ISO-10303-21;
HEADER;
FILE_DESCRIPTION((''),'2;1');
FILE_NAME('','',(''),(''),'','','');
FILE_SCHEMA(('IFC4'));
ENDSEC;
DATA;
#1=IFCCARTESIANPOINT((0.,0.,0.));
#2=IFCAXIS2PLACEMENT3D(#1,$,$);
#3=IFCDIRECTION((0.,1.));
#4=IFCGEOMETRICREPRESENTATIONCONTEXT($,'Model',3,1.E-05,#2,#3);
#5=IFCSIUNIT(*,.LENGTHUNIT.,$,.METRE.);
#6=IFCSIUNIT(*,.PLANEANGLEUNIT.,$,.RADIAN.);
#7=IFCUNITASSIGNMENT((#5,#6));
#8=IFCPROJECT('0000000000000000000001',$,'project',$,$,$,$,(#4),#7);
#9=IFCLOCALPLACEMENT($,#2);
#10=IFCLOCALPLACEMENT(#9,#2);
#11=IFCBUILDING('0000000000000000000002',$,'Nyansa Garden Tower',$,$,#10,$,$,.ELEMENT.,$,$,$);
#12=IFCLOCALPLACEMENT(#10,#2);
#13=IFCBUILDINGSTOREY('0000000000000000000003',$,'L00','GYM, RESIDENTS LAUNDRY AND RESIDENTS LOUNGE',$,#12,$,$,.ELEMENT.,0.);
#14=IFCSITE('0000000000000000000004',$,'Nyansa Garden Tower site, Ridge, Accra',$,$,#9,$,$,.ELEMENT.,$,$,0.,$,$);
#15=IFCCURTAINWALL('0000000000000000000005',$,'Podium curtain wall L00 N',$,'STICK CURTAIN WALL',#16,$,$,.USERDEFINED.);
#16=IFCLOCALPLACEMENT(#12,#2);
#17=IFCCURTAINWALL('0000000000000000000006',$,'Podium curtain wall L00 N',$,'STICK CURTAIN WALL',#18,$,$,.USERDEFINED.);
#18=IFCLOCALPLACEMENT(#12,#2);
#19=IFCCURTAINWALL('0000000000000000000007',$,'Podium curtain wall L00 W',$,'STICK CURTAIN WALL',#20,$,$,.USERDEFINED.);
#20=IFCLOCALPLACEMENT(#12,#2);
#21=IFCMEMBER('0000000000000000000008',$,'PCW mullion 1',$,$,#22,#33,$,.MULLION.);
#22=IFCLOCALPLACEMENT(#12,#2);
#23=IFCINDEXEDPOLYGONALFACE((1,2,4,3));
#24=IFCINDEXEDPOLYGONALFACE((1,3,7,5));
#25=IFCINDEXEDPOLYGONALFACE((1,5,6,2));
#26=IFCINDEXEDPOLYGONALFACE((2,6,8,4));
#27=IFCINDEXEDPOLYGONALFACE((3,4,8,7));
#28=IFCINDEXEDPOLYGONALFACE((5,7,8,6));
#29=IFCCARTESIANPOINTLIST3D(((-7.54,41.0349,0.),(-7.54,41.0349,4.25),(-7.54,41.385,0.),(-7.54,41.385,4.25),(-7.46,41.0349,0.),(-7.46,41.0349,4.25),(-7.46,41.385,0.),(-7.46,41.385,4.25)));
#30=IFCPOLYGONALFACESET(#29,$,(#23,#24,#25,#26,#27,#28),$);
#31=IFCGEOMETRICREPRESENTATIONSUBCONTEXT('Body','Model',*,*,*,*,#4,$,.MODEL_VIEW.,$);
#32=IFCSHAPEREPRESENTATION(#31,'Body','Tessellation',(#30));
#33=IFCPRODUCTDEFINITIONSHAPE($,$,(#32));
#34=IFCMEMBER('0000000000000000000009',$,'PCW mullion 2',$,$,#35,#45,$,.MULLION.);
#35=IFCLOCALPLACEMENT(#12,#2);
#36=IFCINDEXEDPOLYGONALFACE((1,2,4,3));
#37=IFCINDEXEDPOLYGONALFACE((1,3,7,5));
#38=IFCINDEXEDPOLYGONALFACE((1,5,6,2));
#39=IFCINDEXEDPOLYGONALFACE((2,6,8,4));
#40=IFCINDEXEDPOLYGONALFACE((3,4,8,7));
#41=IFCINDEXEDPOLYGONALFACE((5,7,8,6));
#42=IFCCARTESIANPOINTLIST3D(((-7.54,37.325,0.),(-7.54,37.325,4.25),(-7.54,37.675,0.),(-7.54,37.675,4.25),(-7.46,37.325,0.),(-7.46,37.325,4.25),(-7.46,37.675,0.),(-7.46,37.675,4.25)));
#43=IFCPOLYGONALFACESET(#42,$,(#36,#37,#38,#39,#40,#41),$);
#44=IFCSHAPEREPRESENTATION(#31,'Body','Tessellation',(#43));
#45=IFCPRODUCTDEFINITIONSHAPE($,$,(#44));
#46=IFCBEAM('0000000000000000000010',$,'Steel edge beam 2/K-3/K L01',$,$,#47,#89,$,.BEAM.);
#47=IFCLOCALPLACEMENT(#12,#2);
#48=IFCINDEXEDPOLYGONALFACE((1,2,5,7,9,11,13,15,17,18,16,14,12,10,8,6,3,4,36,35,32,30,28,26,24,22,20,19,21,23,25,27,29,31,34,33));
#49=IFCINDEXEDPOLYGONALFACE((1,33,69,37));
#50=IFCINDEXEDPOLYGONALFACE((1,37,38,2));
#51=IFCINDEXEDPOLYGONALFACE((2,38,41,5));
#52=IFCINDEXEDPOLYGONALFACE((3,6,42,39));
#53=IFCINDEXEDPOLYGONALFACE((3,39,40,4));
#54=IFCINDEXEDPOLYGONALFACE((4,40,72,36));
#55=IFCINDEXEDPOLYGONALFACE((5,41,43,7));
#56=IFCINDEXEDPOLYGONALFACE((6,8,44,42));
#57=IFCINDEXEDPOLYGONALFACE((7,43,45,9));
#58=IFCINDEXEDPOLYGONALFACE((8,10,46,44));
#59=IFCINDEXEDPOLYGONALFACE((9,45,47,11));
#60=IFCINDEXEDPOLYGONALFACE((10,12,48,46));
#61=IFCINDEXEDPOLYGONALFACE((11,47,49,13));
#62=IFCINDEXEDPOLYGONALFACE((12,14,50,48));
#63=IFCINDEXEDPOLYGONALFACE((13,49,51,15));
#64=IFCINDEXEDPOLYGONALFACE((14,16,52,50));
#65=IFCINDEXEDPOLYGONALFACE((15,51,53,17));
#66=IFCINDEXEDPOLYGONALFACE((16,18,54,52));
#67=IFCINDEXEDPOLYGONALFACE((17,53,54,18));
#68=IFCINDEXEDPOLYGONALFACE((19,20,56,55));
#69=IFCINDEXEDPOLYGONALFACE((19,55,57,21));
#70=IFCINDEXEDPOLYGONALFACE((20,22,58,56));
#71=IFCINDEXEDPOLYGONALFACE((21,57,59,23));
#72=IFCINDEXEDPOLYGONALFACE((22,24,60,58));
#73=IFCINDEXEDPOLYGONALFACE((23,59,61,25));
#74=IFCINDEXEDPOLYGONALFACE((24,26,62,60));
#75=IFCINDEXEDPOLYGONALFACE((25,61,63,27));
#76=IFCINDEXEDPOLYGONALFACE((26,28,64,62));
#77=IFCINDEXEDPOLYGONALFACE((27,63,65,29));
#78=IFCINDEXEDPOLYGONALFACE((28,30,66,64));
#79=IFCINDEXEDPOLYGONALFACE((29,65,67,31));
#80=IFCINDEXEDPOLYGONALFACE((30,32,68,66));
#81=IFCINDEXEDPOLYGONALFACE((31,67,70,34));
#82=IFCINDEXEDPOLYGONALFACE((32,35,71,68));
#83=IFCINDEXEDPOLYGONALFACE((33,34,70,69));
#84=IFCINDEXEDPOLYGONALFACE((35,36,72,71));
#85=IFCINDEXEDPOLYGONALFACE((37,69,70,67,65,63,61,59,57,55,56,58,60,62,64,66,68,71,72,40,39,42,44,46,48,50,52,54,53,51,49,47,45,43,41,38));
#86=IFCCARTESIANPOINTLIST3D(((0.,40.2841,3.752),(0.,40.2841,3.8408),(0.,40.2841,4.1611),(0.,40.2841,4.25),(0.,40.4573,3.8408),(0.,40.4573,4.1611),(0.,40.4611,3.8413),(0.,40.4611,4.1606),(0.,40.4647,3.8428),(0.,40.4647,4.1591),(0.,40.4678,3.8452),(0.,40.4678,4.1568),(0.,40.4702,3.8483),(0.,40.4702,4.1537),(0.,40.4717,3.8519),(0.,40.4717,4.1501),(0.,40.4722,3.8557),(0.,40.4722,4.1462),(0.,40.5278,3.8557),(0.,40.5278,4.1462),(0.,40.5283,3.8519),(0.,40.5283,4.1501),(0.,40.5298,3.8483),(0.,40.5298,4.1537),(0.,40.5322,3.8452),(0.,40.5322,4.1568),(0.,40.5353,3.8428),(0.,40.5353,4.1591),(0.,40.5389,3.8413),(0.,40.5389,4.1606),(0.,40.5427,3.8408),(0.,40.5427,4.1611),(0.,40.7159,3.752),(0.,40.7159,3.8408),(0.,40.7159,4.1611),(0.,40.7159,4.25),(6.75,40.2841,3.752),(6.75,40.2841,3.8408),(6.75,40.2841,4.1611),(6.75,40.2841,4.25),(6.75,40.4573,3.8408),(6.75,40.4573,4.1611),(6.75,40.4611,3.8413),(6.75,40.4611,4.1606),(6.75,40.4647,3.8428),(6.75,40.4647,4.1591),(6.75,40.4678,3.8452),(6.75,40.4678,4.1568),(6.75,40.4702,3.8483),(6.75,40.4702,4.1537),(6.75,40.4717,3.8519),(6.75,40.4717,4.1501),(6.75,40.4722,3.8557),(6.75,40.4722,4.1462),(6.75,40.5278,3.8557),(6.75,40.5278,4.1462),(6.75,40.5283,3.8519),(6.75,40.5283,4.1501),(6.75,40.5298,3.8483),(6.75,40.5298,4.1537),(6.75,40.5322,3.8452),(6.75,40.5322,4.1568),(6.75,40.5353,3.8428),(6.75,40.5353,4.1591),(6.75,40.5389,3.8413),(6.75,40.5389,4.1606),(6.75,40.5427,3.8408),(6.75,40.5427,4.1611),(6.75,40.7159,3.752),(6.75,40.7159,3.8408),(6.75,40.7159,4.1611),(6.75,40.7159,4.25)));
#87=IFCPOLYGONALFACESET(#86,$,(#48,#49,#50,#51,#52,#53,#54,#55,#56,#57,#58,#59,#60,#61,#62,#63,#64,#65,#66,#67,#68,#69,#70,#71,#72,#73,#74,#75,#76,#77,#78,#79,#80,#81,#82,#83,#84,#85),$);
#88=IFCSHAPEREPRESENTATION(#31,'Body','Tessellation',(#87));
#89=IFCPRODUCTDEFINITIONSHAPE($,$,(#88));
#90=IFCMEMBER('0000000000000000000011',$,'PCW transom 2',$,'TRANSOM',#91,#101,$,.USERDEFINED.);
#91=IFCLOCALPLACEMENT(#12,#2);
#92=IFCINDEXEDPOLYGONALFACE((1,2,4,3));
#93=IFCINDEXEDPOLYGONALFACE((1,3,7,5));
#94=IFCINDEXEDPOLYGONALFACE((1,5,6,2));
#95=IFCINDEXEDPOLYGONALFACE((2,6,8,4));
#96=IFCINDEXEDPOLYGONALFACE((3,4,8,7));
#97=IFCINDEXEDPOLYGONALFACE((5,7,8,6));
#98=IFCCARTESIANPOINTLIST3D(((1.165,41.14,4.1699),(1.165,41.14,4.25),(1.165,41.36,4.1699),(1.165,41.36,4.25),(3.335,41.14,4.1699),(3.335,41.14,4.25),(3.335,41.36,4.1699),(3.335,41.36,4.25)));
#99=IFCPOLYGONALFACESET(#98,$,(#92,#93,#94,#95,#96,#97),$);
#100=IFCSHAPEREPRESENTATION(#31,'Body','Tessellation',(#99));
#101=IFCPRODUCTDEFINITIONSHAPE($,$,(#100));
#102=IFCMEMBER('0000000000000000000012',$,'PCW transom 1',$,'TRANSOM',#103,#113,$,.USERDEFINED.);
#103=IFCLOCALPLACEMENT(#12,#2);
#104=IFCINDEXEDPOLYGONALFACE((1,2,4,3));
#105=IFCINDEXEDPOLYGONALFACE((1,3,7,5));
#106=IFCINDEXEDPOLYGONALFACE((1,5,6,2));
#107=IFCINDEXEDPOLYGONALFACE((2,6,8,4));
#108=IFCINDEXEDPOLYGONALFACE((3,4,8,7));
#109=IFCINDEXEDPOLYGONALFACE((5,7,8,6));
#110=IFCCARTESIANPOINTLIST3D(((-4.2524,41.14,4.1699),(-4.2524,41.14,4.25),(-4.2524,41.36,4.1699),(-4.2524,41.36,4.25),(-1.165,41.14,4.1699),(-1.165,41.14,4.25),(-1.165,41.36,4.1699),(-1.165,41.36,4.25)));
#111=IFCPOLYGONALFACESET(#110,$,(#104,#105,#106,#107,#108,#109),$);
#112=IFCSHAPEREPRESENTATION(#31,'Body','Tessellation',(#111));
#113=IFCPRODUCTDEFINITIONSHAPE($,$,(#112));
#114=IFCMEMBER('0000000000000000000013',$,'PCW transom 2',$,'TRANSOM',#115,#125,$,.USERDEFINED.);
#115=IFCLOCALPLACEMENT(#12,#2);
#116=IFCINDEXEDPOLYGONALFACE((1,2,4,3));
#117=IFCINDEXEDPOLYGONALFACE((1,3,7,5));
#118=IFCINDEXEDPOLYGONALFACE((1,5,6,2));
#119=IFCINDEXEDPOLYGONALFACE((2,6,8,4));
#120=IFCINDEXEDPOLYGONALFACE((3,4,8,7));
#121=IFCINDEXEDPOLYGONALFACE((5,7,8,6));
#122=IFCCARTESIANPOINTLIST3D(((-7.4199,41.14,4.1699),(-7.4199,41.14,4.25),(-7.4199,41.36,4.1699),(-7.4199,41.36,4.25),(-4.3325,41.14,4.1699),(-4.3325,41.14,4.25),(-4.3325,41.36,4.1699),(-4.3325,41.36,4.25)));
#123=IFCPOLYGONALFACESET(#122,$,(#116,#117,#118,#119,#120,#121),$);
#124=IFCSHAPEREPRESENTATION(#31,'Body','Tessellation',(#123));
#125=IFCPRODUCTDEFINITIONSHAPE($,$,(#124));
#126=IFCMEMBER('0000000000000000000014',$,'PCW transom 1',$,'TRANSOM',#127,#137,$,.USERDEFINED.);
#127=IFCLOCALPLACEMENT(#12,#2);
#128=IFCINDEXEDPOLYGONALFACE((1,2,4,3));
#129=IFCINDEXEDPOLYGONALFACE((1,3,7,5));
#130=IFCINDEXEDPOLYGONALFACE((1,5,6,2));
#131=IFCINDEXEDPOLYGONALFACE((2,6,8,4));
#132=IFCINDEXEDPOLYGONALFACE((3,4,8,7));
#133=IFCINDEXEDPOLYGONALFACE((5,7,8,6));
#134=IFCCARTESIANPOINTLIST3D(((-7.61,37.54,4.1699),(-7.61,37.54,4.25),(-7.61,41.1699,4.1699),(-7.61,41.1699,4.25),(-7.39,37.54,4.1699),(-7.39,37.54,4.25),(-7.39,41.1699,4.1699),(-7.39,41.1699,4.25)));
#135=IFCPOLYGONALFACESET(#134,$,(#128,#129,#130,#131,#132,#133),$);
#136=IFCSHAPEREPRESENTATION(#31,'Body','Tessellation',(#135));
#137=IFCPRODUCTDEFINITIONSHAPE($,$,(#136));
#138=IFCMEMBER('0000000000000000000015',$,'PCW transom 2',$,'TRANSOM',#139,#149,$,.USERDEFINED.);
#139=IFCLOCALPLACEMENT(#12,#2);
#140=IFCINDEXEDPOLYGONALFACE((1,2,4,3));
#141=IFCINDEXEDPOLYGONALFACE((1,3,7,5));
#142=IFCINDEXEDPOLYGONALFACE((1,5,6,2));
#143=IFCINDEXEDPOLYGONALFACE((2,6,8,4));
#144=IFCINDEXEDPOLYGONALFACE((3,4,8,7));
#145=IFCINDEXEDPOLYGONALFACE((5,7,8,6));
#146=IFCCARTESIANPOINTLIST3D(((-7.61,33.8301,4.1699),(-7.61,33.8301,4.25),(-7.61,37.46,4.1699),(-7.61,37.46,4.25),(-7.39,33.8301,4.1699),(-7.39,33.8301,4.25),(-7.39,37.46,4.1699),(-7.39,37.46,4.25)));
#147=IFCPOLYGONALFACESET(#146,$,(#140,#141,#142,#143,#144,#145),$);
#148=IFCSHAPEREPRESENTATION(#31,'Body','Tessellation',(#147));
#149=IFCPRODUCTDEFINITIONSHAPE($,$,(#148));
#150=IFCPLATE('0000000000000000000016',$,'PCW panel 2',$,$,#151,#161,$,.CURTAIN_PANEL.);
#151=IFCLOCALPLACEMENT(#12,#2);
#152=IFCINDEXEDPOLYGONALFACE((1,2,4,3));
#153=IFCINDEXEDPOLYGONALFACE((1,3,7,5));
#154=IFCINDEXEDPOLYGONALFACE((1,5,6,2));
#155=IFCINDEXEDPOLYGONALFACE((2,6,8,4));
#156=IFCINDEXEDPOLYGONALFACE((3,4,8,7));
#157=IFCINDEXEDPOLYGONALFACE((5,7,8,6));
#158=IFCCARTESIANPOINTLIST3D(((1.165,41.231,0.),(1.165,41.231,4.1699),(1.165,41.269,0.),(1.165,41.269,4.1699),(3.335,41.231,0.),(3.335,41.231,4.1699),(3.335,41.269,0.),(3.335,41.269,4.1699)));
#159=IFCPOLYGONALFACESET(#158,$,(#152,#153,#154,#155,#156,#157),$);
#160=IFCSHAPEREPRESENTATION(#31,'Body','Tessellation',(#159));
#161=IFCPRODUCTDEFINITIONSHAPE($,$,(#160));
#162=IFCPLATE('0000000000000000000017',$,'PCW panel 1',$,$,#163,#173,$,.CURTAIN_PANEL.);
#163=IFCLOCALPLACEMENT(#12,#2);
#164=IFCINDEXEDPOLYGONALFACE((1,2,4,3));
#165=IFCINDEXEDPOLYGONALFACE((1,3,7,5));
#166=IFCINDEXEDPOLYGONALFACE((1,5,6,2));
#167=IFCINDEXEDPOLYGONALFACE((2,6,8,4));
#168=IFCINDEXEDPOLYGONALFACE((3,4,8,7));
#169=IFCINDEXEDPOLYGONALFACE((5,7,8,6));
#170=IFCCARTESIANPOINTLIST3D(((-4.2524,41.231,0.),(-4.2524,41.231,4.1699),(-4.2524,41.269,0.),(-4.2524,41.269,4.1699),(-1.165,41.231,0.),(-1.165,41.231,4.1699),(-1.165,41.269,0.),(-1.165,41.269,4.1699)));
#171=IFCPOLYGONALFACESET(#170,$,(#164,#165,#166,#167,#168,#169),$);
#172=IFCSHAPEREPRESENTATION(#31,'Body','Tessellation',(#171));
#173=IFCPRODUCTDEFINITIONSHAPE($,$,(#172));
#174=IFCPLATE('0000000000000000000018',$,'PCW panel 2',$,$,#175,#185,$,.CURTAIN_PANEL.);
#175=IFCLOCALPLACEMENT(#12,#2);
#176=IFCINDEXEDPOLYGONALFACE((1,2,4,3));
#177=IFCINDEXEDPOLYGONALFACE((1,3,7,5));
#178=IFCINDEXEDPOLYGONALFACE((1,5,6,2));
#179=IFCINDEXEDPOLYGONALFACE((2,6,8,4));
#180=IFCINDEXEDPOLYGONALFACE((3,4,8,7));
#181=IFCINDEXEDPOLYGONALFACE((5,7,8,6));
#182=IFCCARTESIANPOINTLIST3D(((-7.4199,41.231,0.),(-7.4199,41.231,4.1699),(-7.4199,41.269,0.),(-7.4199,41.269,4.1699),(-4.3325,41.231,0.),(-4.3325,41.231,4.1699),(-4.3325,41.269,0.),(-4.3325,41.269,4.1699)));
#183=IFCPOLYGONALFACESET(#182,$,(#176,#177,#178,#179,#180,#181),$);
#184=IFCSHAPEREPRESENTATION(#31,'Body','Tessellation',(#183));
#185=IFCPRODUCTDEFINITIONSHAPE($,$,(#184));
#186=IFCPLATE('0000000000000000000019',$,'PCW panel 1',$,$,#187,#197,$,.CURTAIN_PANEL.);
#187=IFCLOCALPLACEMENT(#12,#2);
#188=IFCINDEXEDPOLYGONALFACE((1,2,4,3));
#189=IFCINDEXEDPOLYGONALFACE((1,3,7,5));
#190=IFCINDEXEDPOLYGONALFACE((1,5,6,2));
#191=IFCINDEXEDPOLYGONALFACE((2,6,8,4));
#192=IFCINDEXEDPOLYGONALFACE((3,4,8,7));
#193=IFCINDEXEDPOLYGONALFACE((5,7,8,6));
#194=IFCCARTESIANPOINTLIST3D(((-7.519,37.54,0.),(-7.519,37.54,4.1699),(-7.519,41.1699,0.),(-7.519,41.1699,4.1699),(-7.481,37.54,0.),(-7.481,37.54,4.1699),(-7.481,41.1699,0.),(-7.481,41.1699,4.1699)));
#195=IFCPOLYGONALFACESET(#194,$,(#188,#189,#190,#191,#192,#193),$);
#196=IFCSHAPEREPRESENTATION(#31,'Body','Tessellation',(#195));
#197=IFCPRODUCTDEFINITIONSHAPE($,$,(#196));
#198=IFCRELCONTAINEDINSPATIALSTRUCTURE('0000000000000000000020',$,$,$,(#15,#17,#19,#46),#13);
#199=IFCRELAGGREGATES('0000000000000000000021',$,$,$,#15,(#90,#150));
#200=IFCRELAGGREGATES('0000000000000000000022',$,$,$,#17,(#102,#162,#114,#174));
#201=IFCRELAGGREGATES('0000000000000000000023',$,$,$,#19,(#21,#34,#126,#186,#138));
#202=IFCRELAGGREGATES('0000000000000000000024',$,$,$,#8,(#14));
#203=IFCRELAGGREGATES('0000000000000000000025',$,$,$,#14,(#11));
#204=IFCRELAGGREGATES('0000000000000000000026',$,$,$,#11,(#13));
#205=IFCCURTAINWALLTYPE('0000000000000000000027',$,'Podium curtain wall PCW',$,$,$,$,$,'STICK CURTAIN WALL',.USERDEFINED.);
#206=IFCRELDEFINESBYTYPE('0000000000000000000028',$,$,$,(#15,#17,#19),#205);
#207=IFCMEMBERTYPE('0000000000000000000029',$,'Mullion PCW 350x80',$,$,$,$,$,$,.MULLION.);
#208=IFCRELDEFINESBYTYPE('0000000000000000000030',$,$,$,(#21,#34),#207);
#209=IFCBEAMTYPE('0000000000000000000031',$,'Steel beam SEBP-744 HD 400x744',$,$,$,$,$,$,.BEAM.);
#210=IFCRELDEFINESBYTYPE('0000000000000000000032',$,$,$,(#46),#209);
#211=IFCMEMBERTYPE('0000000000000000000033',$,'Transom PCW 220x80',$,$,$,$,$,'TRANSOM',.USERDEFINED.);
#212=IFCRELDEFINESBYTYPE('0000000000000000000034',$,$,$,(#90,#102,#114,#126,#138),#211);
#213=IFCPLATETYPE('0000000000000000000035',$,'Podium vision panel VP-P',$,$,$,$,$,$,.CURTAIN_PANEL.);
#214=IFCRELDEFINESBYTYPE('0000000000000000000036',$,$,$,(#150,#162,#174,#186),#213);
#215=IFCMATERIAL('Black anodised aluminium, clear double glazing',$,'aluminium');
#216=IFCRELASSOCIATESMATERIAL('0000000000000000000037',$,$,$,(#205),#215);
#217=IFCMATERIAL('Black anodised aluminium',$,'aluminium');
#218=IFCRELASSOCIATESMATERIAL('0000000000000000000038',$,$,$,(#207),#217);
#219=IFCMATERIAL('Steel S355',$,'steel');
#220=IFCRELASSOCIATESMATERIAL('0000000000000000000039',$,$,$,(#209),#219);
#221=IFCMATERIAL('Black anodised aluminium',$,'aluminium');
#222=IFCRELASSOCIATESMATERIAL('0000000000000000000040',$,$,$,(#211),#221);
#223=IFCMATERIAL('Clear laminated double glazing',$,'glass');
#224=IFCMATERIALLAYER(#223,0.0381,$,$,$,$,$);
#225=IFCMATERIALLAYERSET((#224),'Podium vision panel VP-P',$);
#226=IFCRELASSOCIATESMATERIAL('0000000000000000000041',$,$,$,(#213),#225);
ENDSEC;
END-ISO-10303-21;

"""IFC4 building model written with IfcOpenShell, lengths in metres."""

from ifc_helpers import new_model, si_unit, direction, frame, origin, origin_2d, place, context, subcontext, project, spatial, rectangle, i_section, extrude, material, layer, layer_set, material_profile, profile_set, type_object, element, aggregate, save


model = new_model("IFC4")

# Units and contexts
model_context = context("Model", 3, precision=1e-05, world=origin(), true_north=direction((0.0, 1.0)))
body_context = subcontext(model_context, "Body", "Model", "MODEL_VIEW")
ifc_project = project(units=[si_unit("LENGTHUNIT", "METRE"), si_unit("PLANEANGLEUNIT", "RADIAN")], contexts=[model_context])

# Site, building, storey
site_placement = place(None, origin())
site = spatial("IfcSite", under=ifc_project, at=site_placement, Name="Nyansa Garden Tower site, Ridge, Accra", CompositionType="ELEMENT", RefElevation=0.0)
building_placement = place(site_placement, origin())
building = spatial("IfcBuilding", under=site, at=building_placement, Name="Nyansa Garden Tower", CompositionType="ELEMENT")
storey_placement = place(building_placement, origin())
storey = spatial("IfcBuildingStorey", under=building, at=storey_placement, Name="L00", Description="GYM, RESIDENTS LAUNDRY AND RESIDENTS LOUNGE", CompositionType="ELEMENT", Elevation=0.0)

# Curtain walls, members
ifc_material_1 = material(Name="Black anodised aluminium, clear double glazing", Category="aluminium")
curtain_wall_type = type_object("IfcCurtainWallType", Name="Podium curtain wall PCW", ElementType="STICK CURTAIN WALL", PredefinedType="USERDEFINED", material=ifc_material_1)
curtain_wall_1_placement = place(storey_placement, origin())
curtain_wall_1 = element("IfcCurtainWall", 1, at=curtain_wall_1_placement, inside=storey, type_object=curtain_wall_type, Name="Podium curtain wall L00 N", ObjectType="STICK CURTAIN WALL", PredefinedType="USERDEFINED")
ifc_material_2 = material(Name="Black anodised aluminium", Category="aluminium")
ifc_material_profile_1 = material_profile(ifc_material_2, rectangle(XDim=0.0801, YDim=0.3501, at=origin_2d()), Name="Mullion 350x80")
ifc_profile_set_1 = profile_set([ifc_material_profile_1], Name="Black anodised aluminium")
member_type_1 = type_object("IfcMemberType", Name="Mullion PCW 350x80", PredefinedType="MULLION", material=ifc_profile_set_1)
curtain_wall_2_placement = place(storey_placement, origin())
curtain_wall_2 = element("IfcCurtainWall", 2, at=curtain_wall_2_placement, inside=storey, type_object=curtain_wall_type, Name="Podium curtain wall L00 N", ObjectType="STICK CURTAIN WALL", PredefinedType="USERDEFINED")
curtain_wall_3_placement = place(storey_placement, origin())
curtain_wall_3 = element("IfcCurtainWall", 3, at=curtain_wall_3_placement, inside=storey, type_object=curtain_wall_type, Name="Podium curtain wall L00 W", ObjectType="STICK CURTAIN WALL", PredefinedType="USERDEFINED")
member_1_placement = place(storey_placement, frame((-7.5, 41.21, 0.0), z_axis=(0.0, 0.0, 1.0), x_axis=(1.0, 0.0, 0.0)))
member_1 = element("IfcMember", 4, at=member_1_placement, type_object=member_type_1, Name="PCW mullion 1", PredefinedType="MULLION", context=body_context, shape_type="SweptSolid", body=[
    extrude(rectangle(XDim=0.0801, YDim=0.3501, at=origin_2d()), origin(), (0.0, 0.0, 1.0), 4.25),
])
member_2_placement = place(storey_placement, frame((-7.5, 37.5, 0.0), z_axis=(0.0, 0.0, 1.0), x_axis=(1.0, 0.0, 0.0)))
member_2 = element("IfcMember", 5, at=member_2_placement, type_object=member_type_1, Name="PCW mullion 2", PredefinedType="MULLION", context=body_context, shape_type="SweptSolid", body=[
    extrude(rectangle(XDim=0.0801, YDim=0.3501, at=origin_2d()), origin(), (0.0, 0.0, 1.0), 4.25),
])

# Beam
ifc_material_3 = material(Name="Steel S355", Category="steel")
ifc_material_profile_2 = material_profile(ifc_material_3, i_section(OverallWidth=0.4319, OverallDepth=0.498, WebThickness=0.0557, FlangeThickness=0.0889, FilletRadius=0.0149, at=origin_2d()), Name="HD 400x744")
ifc_profile_set_2 = profile_set([ifc_material_profile_2], Name="Steel S355")
beam_type = type_object("IfcBeamType", Name="Steel beam SEBP-744 HD 400x744", PredefinedType="BEAM", material=ifc_profile_set_2)
beam_placement = place(storey_placement, frame((0.0, 40.5, 4.001), z_axis=(1.0, 0.0, 0.0), x_axis=(0.0, 1.0, 0.0)))
element("IfcBeam", 6, at=beam_placement, inside=storey, type_object=beam_type, Name="Steel edge beam 2/K-3/K L01", PredefinedType="BEAM", context=body_context, shape_type="SweptSolid", body=[
    extrude(i_section(OverallWidth=0.4319, OverallDepth=0.498, WebThickness=0.0557, FlangeThickness=0.0889, FilletRadius=0.0149, at=origin_2d()), origin(), (0.0, 0.0, 1.0), 6.75),
])

# Members
ifc_material_4 = material(Name="Black anodised aluminium", Category="aluminium")
ifc_material_profile_3 = material_profile(ifc_material_4, rectangle(XDim=0.22, YDim=0.0801, at=origin_2d()), Name="Transom 220x80")
ifc_profile_set_3 = profile_set([ifc_material_profile_3], Name="Black anodised aluminium")
member_type_2 = type_object("IfcMemberType", Name="Transom PCW 220x80", ElementType="TRANSOM", PredefinedType="USERDEFINED", material=ifc_profile_set_3)
member_3_placement = place(storey_placement, frame((3.335, 41.25, 4.21), z_axis=(-1.0, 0.0, 0.0), x_axis=(0.0, -1.0, 0.0)))
member_3 = element("IfcMember", 7, at=member_3_placement, type_object=member_type_2, Name="PCW transom 2", ObjectType="TRANSOM", PredefinedType="USERDEFINED", context=body_context, shape_type="SweptSolid", body=[
    extrude(rectangle(XDim=0.22, YDim=0.0801, at=origin_2d()), origin(), (0.0, 0.0, 1.0), 2.1699),
])
member_4_placement = place(storey_placement, frame((-1.165, 41.25, 4.21), z_axis=(-1.0, 0.0, 0.0), x_axis=(0.0, -1.0, 0.0)))
member_4 = element("IfcMember", 8, at=member_4_placement, type_object=member_type_2, Name="PCW transom 1", ObjectType="TRANSOM", PredefinedType="USERDEFINED", context=body_context, shape_type="SweptSolid", body=[
    extrude(rectangle(XDim=0.22, YDim=0.0801, at=origin_2d()), origin(), (0.0, 0.0, 1.0), 3.0874),
])
member_5_placement = place(storey_placement, frame((-4.3325, 41.25, 4.21), z_axis=(-1.0, 0.0, 0.0), x_axis=(0.0, -1.0, 0.0)))
member_5 = element("IfcMember", 9, at=member_5_placement, type_object=member_type_2, Name="PCW transom 2", ObjectType="TRANSOM", PredefinedType="USERDEFINED", context=body_context, shape_type="SweptSolid", body=[
    extrude(rectangle(XDim=0.22, YDim=0.0801, at=origin_2d()), origin(), (0.0, 0.0, 1.0), 3.0874),
])
member_6_placement = place(storey_placement, frame((-7.5, 41.1699, 4.21), z_axis=(0.0, -1.0, 0.0), x_axis=(1.0, 0.0, 0.0)))
member_6 = element("IfcMember", 10, at=member_6_placement, type_object=member_type_2, Name="PCW transom 1", ObjectType="TRANSOM", PredefinedType="USERDEFINED", context=body_context, shape_type="SweptSolid", body=[
    extrude(rectangle(XDim=0.22, YDim=0.0801, at=origin_2d()), origin(), (0.0, 0.0, 1.0), 3.6299),
])
member_7_placement = place(storey_placement, frame((-7.5, 37.46, 4.21), z_axis=(0.0, -1.0, 0.0), x_axis=(1.0, 0.0, 0.0)))
member_7 = element("IfcMember", 11, at=member_7_placement, type_object=member_type_2, Name="PCW transom 2", ObjectType="TRANSOM", PredefinedType="USERDEFINED", context=body_context, shape_type="SweptSolid", body=[
    extrude(rectangle(XDim=0.22, YDim=0.0801, at=origin_2d()), origin(), (0.0, 0.0, 1.0), 3.6299),
])

# Plates
ifc_material_5 = material(Name="Clear laminated double glazing", Category="glass")
ifc_layer = layer(ifc_material_5, 0.0381)
ifc_layer_set = layer_set([ifc_layer], Name="Podium vision panel VP-P")
plate_type = type_object("IfcPlateType", Name="Podium vision panel VP-P", PredefinedType="CURTAIN_PANEL", material=ifc_layer_set)
plate_1_placement = place(storey_placement, frame((2.25, 41.25, 0.0), z_axis=(0.0, 0.0, 1.0), x_axis=(-1.0, 0.0, 0.0)))
plate_1 = element("IfcPlate", 12, at=plate_1_placement, type_object=plate_type, Name="PCW panel 2", PredefinedType="CURTAIN_PANEL", context=body_context, shape_type="SweptSolid", body=[
    extrude(rectangle(XDim=2.1699, YDim=0.0381, at=origin_2d()), origin(), (0.0, 0.0, 1.0), 4.1699),
])
aggregate(curtain_wall_1, [member_3, plate_1])
plate_2_placement = place(storey_placement, frame((-2.7087, 41.25, 0.0), z_axis=(0.0, 0.0, 1.0), x_axis=(-1.0, 0.0, 0.0)))
plate_2 = element("IfcPlate", 13, at=plate_2_placement, type_object=plate_type, Name="PCW panel 1", PredefinedType="CURTAIN_PANEL", context=body_context, shape_type="SweptSolid", body=[
    extrude(rectangle(XDim=3.0874, YDim=0.0381, at=origin_2d()), origin(), (0.0, 0.0, 1.0), 4.1699),
])
plate_3_placement = place(storey_placement, frame((-5.8762, 41.25, 0.0), z_axis=(0.0, 0.0, 1.0), x_axis=(-1.0, 0.0, 0.0)))
plate_3 = element("IfcPlate", 14, at=plate_3_placement, type_object=plate_type, Name="PCW panel 2", PredefinedType="CURTAIN_PANEL", context=body_context, shape_type="SweptSolid", body=[
    extrude(rectangle(XDim=3.0874, YDim=0.0381, at=origin_2d()), origin(), (0.0, 0.0, 1.0), 4.1699),
])
aggregate(curtain_wall_2, [member_4, plate_2, member_5, plate_3])
plate_4_placement = place(storey_placement, frame((-7.5, 39.355, 0.0), z_axis=(0.0, 0.0, 1.0), x_axis=(0.0, -1.0, 0.0)))
plate_4 = element("IfcPlate", 15, at=plate_4_placement, type_object=plate_type, Name="PCW panel 1", PredefinedType="CURTAIN_PANEL", context=body_context, shape_type="SweptSolid", body=[
    extrude(rectangle(XDim=3.6299, YDim=0.0381, at=origin_2d()), origin(), (0.0, 0.0, 1.0), 4.1699),
])
aggregate(curtain_wall_3, [member_1, member_2, member_6, plate_4, member_7])

save(model, "model.ifc")
